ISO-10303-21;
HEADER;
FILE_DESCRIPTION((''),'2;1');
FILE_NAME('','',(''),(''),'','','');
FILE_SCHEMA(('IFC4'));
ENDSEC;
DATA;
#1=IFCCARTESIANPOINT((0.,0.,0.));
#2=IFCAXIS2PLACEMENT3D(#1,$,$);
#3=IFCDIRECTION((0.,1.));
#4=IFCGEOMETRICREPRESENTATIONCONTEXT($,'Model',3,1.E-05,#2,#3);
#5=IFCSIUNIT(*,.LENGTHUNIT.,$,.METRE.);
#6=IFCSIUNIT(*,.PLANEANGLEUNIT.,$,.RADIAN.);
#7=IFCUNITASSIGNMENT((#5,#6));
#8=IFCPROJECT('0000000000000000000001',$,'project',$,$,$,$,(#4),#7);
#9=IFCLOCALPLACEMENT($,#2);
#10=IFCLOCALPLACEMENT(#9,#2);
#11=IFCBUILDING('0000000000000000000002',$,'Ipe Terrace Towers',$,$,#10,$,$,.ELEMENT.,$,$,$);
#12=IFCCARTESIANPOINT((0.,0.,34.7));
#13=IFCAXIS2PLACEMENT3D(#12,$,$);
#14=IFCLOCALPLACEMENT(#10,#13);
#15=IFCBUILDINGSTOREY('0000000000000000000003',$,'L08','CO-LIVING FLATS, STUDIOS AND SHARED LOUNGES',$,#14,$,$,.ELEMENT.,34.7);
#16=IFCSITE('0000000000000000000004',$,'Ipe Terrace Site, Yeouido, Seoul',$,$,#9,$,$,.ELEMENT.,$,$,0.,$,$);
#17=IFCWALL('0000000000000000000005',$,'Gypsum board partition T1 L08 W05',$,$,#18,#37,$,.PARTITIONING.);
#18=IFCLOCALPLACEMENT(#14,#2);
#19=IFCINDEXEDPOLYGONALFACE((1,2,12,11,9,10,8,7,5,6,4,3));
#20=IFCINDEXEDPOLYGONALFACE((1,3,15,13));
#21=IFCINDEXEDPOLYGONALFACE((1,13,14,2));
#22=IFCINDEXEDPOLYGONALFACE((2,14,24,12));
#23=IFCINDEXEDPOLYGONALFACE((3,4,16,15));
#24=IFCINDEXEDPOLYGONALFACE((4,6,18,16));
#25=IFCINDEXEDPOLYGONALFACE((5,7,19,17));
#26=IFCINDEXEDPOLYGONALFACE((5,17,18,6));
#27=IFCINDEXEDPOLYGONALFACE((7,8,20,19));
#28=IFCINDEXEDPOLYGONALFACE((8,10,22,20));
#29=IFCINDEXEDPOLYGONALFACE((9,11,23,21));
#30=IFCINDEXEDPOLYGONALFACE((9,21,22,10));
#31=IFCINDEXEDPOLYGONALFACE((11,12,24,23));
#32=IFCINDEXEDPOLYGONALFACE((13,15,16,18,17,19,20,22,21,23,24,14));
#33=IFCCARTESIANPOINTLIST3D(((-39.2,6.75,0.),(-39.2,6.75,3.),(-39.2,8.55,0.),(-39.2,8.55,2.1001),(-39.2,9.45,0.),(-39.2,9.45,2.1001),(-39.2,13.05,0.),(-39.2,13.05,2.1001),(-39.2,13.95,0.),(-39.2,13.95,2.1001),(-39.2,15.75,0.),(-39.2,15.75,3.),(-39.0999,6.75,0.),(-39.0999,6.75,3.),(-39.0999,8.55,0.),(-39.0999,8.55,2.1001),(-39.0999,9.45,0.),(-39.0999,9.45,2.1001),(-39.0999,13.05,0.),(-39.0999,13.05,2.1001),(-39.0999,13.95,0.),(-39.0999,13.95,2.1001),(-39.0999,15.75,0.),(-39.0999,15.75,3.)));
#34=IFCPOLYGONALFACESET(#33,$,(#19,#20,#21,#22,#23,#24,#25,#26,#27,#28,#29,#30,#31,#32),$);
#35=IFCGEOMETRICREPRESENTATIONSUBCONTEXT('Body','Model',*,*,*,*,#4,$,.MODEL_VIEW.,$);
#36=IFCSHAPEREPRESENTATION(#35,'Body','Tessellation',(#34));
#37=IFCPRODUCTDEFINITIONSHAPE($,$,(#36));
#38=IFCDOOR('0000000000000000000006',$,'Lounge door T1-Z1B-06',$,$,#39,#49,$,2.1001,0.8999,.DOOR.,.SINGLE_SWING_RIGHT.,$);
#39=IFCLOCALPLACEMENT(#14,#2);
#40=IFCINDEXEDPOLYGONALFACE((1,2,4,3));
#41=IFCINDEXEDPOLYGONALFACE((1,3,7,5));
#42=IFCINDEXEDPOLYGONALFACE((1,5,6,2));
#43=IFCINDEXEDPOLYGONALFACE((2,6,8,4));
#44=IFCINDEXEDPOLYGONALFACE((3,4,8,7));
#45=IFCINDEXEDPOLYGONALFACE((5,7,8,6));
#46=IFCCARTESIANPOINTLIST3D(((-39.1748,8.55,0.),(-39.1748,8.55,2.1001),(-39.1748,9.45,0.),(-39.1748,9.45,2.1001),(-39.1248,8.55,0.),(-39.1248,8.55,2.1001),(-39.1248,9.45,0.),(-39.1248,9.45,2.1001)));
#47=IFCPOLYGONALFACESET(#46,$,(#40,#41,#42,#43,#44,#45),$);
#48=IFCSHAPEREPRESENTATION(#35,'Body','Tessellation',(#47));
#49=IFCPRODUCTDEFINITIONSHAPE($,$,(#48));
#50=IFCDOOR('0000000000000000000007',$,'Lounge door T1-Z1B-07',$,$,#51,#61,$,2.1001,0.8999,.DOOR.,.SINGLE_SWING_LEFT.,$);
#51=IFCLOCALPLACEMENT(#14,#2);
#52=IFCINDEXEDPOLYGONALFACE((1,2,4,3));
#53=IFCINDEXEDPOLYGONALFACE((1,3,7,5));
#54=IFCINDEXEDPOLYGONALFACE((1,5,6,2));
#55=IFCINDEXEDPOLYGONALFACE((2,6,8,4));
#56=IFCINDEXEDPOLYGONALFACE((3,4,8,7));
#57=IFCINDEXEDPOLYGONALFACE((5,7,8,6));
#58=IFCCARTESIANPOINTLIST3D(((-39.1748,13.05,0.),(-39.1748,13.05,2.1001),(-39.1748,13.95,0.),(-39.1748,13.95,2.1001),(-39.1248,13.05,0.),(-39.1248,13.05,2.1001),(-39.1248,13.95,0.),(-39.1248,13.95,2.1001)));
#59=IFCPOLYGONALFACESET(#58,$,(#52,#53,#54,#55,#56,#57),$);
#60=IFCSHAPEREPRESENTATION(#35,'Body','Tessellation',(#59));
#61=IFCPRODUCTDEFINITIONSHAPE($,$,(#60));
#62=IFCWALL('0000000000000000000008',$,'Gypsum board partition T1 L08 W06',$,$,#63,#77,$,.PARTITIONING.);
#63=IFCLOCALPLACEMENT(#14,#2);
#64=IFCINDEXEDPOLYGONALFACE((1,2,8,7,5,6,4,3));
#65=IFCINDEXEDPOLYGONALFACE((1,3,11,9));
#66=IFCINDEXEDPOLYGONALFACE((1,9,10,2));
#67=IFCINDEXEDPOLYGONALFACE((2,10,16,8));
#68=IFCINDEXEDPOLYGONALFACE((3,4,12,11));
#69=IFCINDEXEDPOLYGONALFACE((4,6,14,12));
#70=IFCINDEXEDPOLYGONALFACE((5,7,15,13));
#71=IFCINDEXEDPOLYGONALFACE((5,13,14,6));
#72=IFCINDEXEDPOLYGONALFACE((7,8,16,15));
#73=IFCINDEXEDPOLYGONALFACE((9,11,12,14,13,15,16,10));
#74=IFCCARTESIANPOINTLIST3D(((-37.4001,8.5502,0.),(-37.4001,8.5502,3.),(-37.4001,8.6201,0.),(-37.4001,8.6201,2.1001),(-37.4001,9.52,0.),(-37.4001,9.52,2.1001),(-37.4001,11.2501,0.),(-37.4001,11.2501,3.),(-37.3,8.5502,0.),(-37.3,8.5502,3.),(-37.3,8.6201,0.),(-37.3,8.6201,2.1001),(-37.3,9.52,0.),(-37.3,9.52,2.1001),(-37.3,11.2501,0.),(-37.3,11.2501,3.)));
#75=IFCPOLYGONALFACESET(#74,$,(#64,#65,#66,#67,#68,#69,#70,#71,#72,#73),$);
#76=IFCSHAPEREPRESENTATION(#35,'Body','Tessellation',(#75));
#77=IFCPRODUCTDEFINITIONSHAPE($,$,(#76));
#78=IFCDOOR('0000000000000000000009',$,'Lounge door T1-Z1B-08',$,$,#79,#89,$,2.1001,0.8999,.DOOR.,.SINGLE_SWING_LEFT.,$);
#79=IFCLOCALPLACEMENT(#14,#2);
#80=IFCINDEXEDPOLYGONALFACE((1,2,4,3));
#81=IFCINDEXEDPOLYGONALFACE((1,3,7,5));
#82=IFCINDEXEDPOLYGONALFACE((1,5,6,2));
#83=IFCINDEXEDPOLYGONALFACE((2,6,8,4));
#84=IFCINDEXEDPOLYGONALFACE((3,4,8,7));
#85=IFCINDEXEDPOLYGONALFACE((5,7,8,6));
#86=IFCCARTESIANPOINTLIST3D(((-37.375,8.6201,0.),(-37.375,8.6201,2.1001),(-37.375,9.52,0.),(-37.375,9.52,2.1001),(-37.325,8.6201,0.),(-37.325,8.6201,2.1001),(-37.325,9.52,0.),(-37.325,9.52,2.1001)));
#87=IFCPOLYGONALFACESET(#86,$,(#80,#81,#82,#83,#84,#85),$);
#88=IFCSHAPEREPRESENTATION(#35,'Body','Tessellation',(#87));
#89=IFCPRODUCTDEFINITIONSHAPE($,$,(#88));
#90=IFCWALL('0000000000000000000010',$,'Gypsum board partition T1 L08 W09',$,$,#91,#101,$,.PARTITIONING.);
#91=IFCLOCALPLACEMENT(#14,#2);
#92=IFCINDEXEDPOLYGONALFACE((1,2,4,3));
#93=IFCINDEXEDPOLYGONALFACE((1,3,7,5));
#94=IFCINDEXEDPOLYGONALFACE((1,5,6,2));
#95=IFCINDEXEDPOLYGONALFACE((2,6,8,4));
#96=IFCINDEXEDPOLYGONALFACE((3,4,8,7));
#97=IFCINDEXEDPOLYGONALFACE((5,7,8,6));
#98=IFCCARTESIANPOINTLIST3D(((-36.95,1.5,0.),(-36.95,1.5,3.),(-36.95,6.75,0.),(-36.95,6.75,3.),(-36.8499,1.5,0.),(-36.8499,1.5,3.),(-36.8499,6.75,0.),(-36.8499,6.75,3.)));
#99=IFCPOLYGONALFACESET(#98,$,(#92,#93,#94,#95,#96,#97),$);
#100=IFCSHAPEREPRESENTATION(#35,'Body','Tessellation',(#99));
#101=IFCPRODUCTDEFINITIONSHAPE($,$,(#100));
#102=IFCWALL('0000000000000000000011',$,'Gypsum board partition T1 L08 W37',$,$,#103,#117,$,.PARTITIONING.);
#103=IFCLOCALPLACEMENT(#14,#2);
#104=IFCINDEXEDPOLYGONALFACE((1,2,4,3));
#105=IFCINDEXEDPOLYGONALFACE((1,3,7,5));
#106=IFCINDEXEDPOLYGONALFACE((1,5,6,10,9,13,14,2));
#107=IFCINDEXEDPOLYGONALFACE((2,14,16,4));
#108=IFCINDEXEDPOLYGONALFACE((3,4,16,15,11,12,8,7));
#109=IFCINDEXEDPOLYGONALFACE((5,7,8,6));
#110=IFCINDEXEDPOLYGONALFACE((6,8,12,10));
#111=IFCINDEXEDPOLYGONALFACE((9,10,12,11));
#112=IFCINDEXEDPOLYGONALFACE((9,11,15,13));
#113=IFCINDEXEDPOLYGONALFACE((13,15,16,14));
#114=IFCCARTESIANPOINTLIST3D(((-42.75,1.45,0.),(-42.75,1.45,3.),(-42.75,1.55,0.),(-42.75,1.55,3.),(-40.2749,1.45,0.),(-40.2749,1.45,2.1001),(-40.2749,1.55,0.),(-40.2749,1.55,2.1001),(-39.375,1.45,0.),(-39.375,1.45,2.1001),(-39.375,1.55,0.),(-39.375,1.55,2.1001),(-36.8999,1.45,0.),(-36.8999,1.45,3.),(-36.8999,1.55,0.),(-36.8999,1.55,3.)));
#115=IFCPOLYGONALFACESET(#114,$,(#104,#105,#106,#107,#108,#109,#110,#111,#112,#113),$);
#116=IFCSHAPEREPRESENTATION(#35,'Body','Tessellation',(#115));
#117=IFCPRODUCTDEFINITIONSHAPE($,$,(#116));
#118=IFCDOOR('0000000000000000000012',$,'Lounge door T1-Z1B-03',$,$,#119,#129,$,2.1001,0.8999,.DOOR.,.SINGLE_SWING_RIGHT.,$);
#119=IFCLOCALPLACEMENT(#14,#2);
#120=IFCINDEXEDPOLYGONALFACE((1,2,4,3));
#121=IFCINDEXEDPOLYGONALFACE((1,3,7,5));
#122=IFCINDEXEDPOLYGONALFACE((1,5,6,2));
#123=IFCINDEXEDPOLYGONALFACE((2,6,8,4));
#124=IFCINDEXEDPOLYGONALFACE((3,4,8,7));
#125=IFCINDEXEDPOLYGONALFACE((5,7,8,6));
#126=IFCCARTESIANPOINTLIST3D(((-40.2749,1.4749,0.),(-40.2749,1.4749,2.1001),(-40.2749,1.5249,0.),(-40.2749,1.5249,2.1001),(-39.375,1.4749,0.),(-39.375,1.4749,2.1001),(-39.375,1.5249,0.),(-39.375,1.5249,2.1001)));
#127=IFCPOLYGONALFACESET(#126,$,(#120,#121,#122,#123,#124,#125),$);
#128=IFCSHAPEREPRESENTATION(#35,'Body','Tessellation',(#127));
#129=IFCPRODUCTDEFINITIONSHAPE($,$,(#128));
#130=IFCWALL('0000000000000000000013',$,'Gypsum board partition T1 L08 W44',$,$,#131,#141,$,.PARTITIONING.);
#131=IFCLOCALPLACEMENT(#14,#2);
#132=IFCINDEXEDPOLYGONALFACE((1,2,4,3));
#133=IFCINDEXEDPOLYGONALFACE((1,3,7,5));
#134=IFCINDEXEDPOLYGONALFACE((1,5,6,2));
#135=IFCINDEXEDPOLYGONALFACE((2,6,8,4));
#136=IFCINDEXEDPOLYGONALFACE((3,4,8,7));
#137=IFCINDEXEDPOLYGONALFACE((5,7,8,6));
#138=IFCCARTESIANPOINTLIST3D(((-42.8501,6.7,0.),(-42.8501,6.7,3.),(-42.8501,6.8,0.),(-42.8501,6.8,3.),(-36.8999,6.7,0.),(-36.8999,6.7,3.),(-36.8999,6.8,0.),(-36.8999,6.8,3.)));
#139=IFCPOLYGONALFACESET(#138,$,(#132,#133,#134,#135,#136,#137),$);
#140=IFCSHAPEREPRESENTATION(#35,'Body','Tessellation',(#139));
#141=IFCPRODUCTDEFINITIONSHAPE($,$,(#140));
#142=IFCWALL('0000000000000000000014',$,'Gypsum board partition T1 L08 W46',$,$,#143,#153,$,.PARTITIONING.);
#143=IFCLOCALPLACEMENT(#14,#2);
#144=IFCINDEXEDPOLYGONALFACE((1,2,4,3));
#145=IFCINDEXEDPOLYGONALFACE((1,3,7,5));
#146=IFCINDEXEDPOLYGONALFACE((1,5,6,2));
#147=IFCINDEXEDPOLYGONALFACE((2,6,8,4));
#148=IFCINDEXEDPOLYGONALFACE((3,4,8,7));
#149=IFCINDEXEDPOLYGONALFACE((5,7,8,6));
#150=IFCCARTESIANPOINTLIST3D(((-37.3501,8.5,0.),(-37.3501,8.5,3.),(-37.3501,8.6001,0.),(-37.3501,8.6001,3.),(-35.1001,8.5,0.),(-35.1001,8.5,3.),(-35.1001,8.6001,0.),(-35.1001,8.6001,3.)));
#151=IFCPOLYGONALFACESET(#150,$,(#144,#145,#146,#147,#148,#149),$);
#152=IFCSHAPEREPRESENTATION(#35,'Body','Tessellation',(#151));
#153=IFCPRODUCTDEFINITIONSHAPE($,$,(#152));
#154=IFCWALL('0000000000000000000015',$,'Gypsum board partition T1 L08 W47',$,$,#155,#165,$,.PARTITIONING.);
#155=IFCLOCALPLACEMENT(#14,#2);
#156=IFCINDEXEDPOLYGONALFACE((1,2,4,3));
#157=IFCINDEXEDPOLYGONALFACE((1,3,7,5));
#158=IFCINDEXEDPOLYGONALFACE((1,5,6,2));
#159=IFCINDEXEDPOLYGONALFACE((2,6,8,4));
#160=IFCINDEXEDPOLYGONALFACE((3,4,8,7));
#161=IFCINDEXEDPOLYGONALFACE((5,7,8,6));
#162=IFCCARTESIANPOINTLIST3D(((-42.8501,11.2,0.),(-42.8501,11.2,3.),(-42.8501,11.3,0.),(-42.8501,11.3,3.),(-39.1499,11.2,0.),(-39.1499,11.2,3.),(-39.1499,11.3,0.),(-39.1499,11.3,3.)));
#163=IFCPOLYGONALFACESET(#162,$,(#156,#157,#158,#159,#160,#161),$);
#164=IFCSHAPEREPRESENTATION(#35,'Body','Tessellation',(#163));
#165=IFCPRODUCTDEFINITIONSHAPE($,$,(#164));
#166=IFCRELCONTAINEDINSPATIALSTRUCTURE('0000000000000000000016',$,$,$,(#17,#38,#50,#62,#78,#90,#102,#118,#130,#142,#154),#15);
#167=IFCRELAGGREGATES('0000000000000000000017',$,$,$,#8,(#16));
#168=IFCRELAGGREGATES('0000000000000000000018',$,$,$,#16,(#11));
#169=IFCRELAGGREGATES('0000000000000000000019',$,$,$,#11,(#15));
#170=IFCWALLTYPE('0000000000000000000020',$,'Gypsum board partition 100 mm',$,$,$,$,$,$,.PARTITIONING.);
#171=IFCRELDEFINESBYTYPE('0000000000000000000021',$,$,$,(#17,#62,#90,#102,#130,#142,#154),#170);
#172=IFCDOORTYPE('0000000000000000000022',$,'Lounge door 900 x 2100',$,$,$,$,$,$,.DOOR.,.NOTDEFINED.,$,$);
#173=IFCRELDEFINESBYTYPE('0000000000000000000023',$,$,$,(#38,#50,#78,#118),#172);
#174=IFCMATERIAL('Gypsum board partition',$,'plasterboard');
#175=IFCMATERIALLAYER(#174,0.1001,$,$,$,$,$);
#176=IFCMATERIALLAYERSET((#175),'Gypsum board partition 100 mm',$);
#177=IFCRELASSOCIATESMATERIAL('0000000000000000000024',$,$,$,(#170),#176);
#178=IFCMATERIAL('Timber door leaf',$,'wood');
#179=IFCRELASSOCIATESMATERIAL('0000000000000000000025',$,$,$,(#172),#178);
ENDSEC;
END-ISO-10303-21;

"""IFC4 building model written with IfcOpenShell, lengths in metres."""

from ifc_helpers import new_model, si_unit, direction, frame, frame_2d, origin, place, context, subcontext, project, spatial, rectangle, extrude, material, layer, layer_set, type_object, element, fill, save


model = new_model("IFC4")

# Units and contexts
model_context = context("Model", 3, precision=1e-05, world=origin(), true_north=direction((0.0, 1.0)))
body_context = subcontext(model_context, "Body", "Model", "MODEL_VIEW")
ifc_project = project(units=[si_unit("LENGTHUNIT", "METRE"), si_unit("PLANEANGLEUNIT", "RADIAN")], contexts=[model_context])

# Site, building, storey
site_placement = place(None, origin())
site = spatial("IfcSite", under=ifc_project, at=site_placement, Name="Ipe Terrace Site, Yeouido, Seoul", CompositionType="ELEMENT", RefElevation=0.0)
building_placement = place(site_placement, origin())
building = spatial("IfcBuilding", under=site, at=building_placement, Name="Ipe Terrace Towers", CompositionType="ELEMENT")
storey_placement = place(building_placement, frame((0.0, 0.0, 34.7)))
storey = spatial("IfcBuildingStorey", under=building, at=storey_placement, Name="L08", Description="CO-LIVING FLATS, STUDIOS AND SHARED LOUNGES", CompositionType="ELEMENT", Elevation=34.7)

# Wall, openings, doors
ifc_material_1 = material(Name="Gypsum board partition", Category="plasterboard")
ifc_layer_1 = layer(ifc_material_1, 0.1001)
ifc_layer_set_1 = layer_set([ifc_layer_1], Name="Gypsum board partition 100 mm")
wall_type_1 = type_object("IfcWallType", Name="Gypsum board partition 100 mm", PredefinedType="PARTITIONING", material=ifc_layer_set_1)
wall_1_placement = place(storey_placement, frame((-39.1499, 6.75, 0.0), z_axis=(0.0, 0.0, 1.0), x_axis=(0.0, 1.0, 0.0)))
wall_1 = element("IfcWall", 1, at=wall_1_placement, inside=storey, type_object=wall_type_1, Name="Gypsum board partition T1 L08 W05", PredefinedType="PARTITIONING", context=body_context, shape_type="SweptSolid", body=[
    extrude(rectangle(XDim=9.0, YDim=0.1001, at=frame_2d((4.5, 0.0))), origin(), (0.0, 0.0, 1.0), 3.0),
])
opening_1_placement = place(wall_1_placement, frame((1.8, 0.0, 0.0)))
opening_1 = element("IfcOpeningElement", 2, at=opening_1_placement, cuts=wall_1, PredefinedType="OPENING", context=body_context, shape_type="SweptSolid", body=[
    extrude(rectangle(XDim=0.8999, YDim=2.1001, at=frame_2d((0.45, 1.05))), frame((0.0, 0.0601, 0.0), z_axis=(0.0, -1.0, 0.0), x_axis=(1.0, 0.0, 0.0)), (0.0, 0.0, 1.0), 0.1201),
])
opening_2_placement = place(wall_1_placement, frame((6.3, 0.0, 0.0)))
opening_2 = element("IfcOpeningElement", 3, at=opening_2_placement, cuts=wall_1, PredefinedType="OPENING", context=body_context, shape_type="SweptSolid", body=[
    extrude(rectangle(XDim=0.8999, YDim=2.1001, at=frame_2d((0.45, 1.05))), frame((0.0, 0.0601, 0.0), z_axis=(0.0, -1.0, 0.0), x_axis=(1.0, 0.0, 0.0)), (0.0, 0.0, 1.0), 0.1201),
])
ifc_material_2 = material(Name="Timber door leaf", Category="wood")
door_type_1 = type_object("IfcDoorType", Name="Lounge door 900 x 2100", OperationType="NOTDEFINED", PredefinedType="DOOR", material=ifc_material_2)
door_1_placement = place(opening_1_placement, origin())
door_1 = element("IfcDoor", 4, at=door_1_placement, inside=storey, type_object=door_type_1, Name="Lounge door T1-Z1B-06", OperationType="SINGLE_SWING_RIGHT", OverallHeight=2.1001, OverallWidth=0.8999, PredefinedType="DOOR", context=body_context, shape_type="SweptSolid", body=[
    extrude(rectangle(XDim=0.8999, YDim=2.1001, at=frame_2d((0.45, 1.05))), frame((0.0, 0.0249, 0.0), z_axis=(0.0, -1.0, 0.0), x_axis=(1.0, 0.0, 0.0)), (0.0, 0.0, 1.0), 0.05),
])
fill(opening_1, door_1)
door_2_placement = place(opening_2_placement, origin())
door_2 = element("IfcDoor", 5, at=door_2_placement, inside=storey, type_object=door_type_1, Name="Lounge door T1-Z1B-07", OperationType="SINGLE_SWING_LEFT", OverallHeight=2.1001, OverallWidth=0.8999, PredefinedType="DOOR", context=body_context, shape_type="SweptSolid", body=[
    extrude(rectangle(XDim=0.8999, YDim=2.1001, at=frame_2d((0.45, 1.05))), frame((0.0, 0.0249, 0.0), z_axis=(0.0, -1.0, 0.0), x_axis=(1.0, 0.0, 0.0)), (0.0, 0.0, 1.0), 0.05),
])
fill(opening_2, door_2)

# Wall, opening, door
wall_2_placement = place(storey_placement, frame((-37.3501, 8.55, 0.0), z_axis=(0.0, 0.0, 1.0), x_axis=(0.0, 1.0, 0.0)))
wall_2 = element("IfcWall", 6, at=wall_2_placement, inside=storey, type_object=wall_type_1, Name="Gypsum board partition T1 L08 W06", PredefinedType="PARTITIONING", context=body_context, shape_type="SweptSolid", body=[
    extrude(rectangle(XDim=2.7, YDim=0.1001, at=frame_2d((1.3501, 0.0))), origin(), (0.0, 0.0, 1.0), 3.0),
])
opening_3_placement = place(wall_2_placement, frame((0.0701, 0.0, 0.0)))
opening_3 = element("IfcOpeningElement", 7, at=opening_3_placement, cuts=wall_2, PredefinedType="OPENING", context=body_context, shape_type="SweptSolid", body=[
    extrude(rectangle(XDim=0.8999, YDim=2.1001, at=frame_2d((0.45, 1.05))), frame((0.0, 0.0601, 0.0), z_axis=(0.0, -1.0, 0.0), x_axis=(1.0, 0.0, 0.0)), (0.0, 0.0, 1.0), 0.1201),
])
door_3_placement = place(opening_3_placement, origin())
door_3 = element("IfcDoor", 8, at=door_3_placement, inside=storey, type_object=door_type_1, Name="Lounge door T1-Z1B-08", OperationType="SINGLE_SWING_LEFT", OverallHeight=2.1001, OverallWidth=0.8999, PredefinedType="DOOR", context=body_context, shape_type="SweptSolid", body=[
    extrude(rectangle(XDim=0.8999, YDim=2.1001, at=frame_2d((0.45, 1.05))), frame((0.0, 0.0249, 0.0), z_axis=(0.0, -1.0, 0.0), x_axis=(1.0, 0.0, 0.0)), (0.0, 0.0, 1.0), 0.05),
])
fill(opening_3, door_3)

# Wall
wall_3_placement = place(storey_placement, frame((-36.8999, 1.5, 0.0), z_axis=(0.0, 0.0, 1.0), x_axis=(0.0, 1.0, 0.0)))
element("IfcWall", 9, at=wall_3_placement, inside=storey, type_object=wall_type_1, Name="Gypsum board partition T1 L08 W09", PredefinedType="PARTITIONING", context=body_context, shape_type="SweptSolid", body=[
    extrude(rectangle(XDim=5.25, YDim=0.1001, at=frame_2d((2.625, 0.0))), origin(), (0.0, 0.0, 1.0), 3.0),
])

# Wall, opening, door
wall_4_placement = place(storey_placement, frame((-42.75, 1.5, 0.0), z_axis=(0.0, 0.0, 1.0), x_axis=(1.0, 0.0, 0.0)))
wall_4 = element("IfcWall", 10, at=wall_4_placement, inside=storey, type_object=wall_type_1, Name="Gypsum board partition T1 L08 W37", PredefinedType="PARTITIONING", context=body_context, shape_type="SweptSolid", body=[
    extrude(rectangle(XDim=5.8501, YDim=0.1001, at=frame_2d((2.925, 0.0))), origin(), (0.0, 0.0, 1.0), 3.0),
])
opening_4_placement = place(wall_4_placement, frame((2.4751, 0.0, 0.0)))
opening_4 = element("IfcOpeningElement", 11, at=opening_4_placement, cuts=wall_4, PredefinedType="OPENING", context=body_context, shape_type="SweptSolid", body=[
    extrude(rectangle(XDim=0.8999, YDim=2.1001, at=frame_2d((0.45, 1.05))), frame((0.0, 0.0601, 0.0), z_axis=(0.0, -1.0, 0.0), x_axis=(1.0, 0.0, 0.0)), (0.0, 0.0, 1.0), 0.1201),
])
door_4_placement = place(opening_4_placement, origin())
door_4 = element("IfcDoor", 12, at=door_4_placement, inside=storey, type_object=door_type_1, Name="Lounge door T1-Z1B-03", OperationType="SINGLE_SWING_RIGHT", OverallHeight=2.1001, OverallWidth=0.8999, PredefinedType="DOOR", context=body_context, shape_type="SweptSolid", body=[
    extrude(rectangle(XDim=0.8999, YDim=2.1001, at=frame_2d((0.45, 1.05))), frame((0.0, 0.0249, 0.0), z_axis=(0.0, -1.0, 0.0), x_axis=(1.0, 0.0, 0.0)), (0.0, 0.0, 1.0), 0.05),
])
fill(opening_4, door_4)

# Walls
wall_5_placement = place(storey_placement, frame((-42.8501, 6.75, 0.0), z_axis=(0.0, 0.0, 1.0), x_axis=(1.0, 0.0, 0.0)))
element("IfcWall", 13, at=wall_5_placement, inside=storey, type_object=wall_type_1, Name="Gypsum board partition T1 L08 W44", PredefinedType="PARTITIONING", context=body_context, shape_type="SweptSolid", body=[
    extrude(rectangle(XDim=5.9502, YDim=0.1001, at=frame_2d((2.9751, 0.0))), origin(), (0.0, 0.0, 1.0), 3.0),
])
wall_6_placement = place(storey_placement, frame((-37.3501, 8.55, 0.0), z_axis=(0.0, 0.0, 1.0), x_axis=(1.0, 0.0, 0.0)))
element("IfcWall", 14, at=wall_6_placement, inside=storey, type_object=wall_type_1, Name="Gypsum board partition T1 L08 W46", PredefinedType="PARTITIONING", context=body_context, shape_type="SweptSolid", body=[
    extrude(rectangle(XDim=2.25, YDim=0.1001, at=frame_2d((1.125, 0.0))), origin(), (0.0, 0.0, 1.0), 3.0),
])
wall_7_placement = place(storey_placement, frame((-42.8501, 11.25, 0.0), z_axis=(0.0, 0.0, 1.0), x_axis=(1.0, 0.0, 0.0)))
element("IfcWall", 15, at=wall_7_placement, inside=storey, type_object=wall_type_1, Name="Gypsum board partition T1 L08 W47", PredefinedType="PARTITIONING", context=body_context, shape_type="SweptSolid", body=[
    extrude(rectangle(XDim=3.7002, YDim=0.1001, at=frame_2d((1.8501, 0.0))), origin(), (0.0, 0.0, 1.0), 3.0),
])

save(model, "model.ifc")
